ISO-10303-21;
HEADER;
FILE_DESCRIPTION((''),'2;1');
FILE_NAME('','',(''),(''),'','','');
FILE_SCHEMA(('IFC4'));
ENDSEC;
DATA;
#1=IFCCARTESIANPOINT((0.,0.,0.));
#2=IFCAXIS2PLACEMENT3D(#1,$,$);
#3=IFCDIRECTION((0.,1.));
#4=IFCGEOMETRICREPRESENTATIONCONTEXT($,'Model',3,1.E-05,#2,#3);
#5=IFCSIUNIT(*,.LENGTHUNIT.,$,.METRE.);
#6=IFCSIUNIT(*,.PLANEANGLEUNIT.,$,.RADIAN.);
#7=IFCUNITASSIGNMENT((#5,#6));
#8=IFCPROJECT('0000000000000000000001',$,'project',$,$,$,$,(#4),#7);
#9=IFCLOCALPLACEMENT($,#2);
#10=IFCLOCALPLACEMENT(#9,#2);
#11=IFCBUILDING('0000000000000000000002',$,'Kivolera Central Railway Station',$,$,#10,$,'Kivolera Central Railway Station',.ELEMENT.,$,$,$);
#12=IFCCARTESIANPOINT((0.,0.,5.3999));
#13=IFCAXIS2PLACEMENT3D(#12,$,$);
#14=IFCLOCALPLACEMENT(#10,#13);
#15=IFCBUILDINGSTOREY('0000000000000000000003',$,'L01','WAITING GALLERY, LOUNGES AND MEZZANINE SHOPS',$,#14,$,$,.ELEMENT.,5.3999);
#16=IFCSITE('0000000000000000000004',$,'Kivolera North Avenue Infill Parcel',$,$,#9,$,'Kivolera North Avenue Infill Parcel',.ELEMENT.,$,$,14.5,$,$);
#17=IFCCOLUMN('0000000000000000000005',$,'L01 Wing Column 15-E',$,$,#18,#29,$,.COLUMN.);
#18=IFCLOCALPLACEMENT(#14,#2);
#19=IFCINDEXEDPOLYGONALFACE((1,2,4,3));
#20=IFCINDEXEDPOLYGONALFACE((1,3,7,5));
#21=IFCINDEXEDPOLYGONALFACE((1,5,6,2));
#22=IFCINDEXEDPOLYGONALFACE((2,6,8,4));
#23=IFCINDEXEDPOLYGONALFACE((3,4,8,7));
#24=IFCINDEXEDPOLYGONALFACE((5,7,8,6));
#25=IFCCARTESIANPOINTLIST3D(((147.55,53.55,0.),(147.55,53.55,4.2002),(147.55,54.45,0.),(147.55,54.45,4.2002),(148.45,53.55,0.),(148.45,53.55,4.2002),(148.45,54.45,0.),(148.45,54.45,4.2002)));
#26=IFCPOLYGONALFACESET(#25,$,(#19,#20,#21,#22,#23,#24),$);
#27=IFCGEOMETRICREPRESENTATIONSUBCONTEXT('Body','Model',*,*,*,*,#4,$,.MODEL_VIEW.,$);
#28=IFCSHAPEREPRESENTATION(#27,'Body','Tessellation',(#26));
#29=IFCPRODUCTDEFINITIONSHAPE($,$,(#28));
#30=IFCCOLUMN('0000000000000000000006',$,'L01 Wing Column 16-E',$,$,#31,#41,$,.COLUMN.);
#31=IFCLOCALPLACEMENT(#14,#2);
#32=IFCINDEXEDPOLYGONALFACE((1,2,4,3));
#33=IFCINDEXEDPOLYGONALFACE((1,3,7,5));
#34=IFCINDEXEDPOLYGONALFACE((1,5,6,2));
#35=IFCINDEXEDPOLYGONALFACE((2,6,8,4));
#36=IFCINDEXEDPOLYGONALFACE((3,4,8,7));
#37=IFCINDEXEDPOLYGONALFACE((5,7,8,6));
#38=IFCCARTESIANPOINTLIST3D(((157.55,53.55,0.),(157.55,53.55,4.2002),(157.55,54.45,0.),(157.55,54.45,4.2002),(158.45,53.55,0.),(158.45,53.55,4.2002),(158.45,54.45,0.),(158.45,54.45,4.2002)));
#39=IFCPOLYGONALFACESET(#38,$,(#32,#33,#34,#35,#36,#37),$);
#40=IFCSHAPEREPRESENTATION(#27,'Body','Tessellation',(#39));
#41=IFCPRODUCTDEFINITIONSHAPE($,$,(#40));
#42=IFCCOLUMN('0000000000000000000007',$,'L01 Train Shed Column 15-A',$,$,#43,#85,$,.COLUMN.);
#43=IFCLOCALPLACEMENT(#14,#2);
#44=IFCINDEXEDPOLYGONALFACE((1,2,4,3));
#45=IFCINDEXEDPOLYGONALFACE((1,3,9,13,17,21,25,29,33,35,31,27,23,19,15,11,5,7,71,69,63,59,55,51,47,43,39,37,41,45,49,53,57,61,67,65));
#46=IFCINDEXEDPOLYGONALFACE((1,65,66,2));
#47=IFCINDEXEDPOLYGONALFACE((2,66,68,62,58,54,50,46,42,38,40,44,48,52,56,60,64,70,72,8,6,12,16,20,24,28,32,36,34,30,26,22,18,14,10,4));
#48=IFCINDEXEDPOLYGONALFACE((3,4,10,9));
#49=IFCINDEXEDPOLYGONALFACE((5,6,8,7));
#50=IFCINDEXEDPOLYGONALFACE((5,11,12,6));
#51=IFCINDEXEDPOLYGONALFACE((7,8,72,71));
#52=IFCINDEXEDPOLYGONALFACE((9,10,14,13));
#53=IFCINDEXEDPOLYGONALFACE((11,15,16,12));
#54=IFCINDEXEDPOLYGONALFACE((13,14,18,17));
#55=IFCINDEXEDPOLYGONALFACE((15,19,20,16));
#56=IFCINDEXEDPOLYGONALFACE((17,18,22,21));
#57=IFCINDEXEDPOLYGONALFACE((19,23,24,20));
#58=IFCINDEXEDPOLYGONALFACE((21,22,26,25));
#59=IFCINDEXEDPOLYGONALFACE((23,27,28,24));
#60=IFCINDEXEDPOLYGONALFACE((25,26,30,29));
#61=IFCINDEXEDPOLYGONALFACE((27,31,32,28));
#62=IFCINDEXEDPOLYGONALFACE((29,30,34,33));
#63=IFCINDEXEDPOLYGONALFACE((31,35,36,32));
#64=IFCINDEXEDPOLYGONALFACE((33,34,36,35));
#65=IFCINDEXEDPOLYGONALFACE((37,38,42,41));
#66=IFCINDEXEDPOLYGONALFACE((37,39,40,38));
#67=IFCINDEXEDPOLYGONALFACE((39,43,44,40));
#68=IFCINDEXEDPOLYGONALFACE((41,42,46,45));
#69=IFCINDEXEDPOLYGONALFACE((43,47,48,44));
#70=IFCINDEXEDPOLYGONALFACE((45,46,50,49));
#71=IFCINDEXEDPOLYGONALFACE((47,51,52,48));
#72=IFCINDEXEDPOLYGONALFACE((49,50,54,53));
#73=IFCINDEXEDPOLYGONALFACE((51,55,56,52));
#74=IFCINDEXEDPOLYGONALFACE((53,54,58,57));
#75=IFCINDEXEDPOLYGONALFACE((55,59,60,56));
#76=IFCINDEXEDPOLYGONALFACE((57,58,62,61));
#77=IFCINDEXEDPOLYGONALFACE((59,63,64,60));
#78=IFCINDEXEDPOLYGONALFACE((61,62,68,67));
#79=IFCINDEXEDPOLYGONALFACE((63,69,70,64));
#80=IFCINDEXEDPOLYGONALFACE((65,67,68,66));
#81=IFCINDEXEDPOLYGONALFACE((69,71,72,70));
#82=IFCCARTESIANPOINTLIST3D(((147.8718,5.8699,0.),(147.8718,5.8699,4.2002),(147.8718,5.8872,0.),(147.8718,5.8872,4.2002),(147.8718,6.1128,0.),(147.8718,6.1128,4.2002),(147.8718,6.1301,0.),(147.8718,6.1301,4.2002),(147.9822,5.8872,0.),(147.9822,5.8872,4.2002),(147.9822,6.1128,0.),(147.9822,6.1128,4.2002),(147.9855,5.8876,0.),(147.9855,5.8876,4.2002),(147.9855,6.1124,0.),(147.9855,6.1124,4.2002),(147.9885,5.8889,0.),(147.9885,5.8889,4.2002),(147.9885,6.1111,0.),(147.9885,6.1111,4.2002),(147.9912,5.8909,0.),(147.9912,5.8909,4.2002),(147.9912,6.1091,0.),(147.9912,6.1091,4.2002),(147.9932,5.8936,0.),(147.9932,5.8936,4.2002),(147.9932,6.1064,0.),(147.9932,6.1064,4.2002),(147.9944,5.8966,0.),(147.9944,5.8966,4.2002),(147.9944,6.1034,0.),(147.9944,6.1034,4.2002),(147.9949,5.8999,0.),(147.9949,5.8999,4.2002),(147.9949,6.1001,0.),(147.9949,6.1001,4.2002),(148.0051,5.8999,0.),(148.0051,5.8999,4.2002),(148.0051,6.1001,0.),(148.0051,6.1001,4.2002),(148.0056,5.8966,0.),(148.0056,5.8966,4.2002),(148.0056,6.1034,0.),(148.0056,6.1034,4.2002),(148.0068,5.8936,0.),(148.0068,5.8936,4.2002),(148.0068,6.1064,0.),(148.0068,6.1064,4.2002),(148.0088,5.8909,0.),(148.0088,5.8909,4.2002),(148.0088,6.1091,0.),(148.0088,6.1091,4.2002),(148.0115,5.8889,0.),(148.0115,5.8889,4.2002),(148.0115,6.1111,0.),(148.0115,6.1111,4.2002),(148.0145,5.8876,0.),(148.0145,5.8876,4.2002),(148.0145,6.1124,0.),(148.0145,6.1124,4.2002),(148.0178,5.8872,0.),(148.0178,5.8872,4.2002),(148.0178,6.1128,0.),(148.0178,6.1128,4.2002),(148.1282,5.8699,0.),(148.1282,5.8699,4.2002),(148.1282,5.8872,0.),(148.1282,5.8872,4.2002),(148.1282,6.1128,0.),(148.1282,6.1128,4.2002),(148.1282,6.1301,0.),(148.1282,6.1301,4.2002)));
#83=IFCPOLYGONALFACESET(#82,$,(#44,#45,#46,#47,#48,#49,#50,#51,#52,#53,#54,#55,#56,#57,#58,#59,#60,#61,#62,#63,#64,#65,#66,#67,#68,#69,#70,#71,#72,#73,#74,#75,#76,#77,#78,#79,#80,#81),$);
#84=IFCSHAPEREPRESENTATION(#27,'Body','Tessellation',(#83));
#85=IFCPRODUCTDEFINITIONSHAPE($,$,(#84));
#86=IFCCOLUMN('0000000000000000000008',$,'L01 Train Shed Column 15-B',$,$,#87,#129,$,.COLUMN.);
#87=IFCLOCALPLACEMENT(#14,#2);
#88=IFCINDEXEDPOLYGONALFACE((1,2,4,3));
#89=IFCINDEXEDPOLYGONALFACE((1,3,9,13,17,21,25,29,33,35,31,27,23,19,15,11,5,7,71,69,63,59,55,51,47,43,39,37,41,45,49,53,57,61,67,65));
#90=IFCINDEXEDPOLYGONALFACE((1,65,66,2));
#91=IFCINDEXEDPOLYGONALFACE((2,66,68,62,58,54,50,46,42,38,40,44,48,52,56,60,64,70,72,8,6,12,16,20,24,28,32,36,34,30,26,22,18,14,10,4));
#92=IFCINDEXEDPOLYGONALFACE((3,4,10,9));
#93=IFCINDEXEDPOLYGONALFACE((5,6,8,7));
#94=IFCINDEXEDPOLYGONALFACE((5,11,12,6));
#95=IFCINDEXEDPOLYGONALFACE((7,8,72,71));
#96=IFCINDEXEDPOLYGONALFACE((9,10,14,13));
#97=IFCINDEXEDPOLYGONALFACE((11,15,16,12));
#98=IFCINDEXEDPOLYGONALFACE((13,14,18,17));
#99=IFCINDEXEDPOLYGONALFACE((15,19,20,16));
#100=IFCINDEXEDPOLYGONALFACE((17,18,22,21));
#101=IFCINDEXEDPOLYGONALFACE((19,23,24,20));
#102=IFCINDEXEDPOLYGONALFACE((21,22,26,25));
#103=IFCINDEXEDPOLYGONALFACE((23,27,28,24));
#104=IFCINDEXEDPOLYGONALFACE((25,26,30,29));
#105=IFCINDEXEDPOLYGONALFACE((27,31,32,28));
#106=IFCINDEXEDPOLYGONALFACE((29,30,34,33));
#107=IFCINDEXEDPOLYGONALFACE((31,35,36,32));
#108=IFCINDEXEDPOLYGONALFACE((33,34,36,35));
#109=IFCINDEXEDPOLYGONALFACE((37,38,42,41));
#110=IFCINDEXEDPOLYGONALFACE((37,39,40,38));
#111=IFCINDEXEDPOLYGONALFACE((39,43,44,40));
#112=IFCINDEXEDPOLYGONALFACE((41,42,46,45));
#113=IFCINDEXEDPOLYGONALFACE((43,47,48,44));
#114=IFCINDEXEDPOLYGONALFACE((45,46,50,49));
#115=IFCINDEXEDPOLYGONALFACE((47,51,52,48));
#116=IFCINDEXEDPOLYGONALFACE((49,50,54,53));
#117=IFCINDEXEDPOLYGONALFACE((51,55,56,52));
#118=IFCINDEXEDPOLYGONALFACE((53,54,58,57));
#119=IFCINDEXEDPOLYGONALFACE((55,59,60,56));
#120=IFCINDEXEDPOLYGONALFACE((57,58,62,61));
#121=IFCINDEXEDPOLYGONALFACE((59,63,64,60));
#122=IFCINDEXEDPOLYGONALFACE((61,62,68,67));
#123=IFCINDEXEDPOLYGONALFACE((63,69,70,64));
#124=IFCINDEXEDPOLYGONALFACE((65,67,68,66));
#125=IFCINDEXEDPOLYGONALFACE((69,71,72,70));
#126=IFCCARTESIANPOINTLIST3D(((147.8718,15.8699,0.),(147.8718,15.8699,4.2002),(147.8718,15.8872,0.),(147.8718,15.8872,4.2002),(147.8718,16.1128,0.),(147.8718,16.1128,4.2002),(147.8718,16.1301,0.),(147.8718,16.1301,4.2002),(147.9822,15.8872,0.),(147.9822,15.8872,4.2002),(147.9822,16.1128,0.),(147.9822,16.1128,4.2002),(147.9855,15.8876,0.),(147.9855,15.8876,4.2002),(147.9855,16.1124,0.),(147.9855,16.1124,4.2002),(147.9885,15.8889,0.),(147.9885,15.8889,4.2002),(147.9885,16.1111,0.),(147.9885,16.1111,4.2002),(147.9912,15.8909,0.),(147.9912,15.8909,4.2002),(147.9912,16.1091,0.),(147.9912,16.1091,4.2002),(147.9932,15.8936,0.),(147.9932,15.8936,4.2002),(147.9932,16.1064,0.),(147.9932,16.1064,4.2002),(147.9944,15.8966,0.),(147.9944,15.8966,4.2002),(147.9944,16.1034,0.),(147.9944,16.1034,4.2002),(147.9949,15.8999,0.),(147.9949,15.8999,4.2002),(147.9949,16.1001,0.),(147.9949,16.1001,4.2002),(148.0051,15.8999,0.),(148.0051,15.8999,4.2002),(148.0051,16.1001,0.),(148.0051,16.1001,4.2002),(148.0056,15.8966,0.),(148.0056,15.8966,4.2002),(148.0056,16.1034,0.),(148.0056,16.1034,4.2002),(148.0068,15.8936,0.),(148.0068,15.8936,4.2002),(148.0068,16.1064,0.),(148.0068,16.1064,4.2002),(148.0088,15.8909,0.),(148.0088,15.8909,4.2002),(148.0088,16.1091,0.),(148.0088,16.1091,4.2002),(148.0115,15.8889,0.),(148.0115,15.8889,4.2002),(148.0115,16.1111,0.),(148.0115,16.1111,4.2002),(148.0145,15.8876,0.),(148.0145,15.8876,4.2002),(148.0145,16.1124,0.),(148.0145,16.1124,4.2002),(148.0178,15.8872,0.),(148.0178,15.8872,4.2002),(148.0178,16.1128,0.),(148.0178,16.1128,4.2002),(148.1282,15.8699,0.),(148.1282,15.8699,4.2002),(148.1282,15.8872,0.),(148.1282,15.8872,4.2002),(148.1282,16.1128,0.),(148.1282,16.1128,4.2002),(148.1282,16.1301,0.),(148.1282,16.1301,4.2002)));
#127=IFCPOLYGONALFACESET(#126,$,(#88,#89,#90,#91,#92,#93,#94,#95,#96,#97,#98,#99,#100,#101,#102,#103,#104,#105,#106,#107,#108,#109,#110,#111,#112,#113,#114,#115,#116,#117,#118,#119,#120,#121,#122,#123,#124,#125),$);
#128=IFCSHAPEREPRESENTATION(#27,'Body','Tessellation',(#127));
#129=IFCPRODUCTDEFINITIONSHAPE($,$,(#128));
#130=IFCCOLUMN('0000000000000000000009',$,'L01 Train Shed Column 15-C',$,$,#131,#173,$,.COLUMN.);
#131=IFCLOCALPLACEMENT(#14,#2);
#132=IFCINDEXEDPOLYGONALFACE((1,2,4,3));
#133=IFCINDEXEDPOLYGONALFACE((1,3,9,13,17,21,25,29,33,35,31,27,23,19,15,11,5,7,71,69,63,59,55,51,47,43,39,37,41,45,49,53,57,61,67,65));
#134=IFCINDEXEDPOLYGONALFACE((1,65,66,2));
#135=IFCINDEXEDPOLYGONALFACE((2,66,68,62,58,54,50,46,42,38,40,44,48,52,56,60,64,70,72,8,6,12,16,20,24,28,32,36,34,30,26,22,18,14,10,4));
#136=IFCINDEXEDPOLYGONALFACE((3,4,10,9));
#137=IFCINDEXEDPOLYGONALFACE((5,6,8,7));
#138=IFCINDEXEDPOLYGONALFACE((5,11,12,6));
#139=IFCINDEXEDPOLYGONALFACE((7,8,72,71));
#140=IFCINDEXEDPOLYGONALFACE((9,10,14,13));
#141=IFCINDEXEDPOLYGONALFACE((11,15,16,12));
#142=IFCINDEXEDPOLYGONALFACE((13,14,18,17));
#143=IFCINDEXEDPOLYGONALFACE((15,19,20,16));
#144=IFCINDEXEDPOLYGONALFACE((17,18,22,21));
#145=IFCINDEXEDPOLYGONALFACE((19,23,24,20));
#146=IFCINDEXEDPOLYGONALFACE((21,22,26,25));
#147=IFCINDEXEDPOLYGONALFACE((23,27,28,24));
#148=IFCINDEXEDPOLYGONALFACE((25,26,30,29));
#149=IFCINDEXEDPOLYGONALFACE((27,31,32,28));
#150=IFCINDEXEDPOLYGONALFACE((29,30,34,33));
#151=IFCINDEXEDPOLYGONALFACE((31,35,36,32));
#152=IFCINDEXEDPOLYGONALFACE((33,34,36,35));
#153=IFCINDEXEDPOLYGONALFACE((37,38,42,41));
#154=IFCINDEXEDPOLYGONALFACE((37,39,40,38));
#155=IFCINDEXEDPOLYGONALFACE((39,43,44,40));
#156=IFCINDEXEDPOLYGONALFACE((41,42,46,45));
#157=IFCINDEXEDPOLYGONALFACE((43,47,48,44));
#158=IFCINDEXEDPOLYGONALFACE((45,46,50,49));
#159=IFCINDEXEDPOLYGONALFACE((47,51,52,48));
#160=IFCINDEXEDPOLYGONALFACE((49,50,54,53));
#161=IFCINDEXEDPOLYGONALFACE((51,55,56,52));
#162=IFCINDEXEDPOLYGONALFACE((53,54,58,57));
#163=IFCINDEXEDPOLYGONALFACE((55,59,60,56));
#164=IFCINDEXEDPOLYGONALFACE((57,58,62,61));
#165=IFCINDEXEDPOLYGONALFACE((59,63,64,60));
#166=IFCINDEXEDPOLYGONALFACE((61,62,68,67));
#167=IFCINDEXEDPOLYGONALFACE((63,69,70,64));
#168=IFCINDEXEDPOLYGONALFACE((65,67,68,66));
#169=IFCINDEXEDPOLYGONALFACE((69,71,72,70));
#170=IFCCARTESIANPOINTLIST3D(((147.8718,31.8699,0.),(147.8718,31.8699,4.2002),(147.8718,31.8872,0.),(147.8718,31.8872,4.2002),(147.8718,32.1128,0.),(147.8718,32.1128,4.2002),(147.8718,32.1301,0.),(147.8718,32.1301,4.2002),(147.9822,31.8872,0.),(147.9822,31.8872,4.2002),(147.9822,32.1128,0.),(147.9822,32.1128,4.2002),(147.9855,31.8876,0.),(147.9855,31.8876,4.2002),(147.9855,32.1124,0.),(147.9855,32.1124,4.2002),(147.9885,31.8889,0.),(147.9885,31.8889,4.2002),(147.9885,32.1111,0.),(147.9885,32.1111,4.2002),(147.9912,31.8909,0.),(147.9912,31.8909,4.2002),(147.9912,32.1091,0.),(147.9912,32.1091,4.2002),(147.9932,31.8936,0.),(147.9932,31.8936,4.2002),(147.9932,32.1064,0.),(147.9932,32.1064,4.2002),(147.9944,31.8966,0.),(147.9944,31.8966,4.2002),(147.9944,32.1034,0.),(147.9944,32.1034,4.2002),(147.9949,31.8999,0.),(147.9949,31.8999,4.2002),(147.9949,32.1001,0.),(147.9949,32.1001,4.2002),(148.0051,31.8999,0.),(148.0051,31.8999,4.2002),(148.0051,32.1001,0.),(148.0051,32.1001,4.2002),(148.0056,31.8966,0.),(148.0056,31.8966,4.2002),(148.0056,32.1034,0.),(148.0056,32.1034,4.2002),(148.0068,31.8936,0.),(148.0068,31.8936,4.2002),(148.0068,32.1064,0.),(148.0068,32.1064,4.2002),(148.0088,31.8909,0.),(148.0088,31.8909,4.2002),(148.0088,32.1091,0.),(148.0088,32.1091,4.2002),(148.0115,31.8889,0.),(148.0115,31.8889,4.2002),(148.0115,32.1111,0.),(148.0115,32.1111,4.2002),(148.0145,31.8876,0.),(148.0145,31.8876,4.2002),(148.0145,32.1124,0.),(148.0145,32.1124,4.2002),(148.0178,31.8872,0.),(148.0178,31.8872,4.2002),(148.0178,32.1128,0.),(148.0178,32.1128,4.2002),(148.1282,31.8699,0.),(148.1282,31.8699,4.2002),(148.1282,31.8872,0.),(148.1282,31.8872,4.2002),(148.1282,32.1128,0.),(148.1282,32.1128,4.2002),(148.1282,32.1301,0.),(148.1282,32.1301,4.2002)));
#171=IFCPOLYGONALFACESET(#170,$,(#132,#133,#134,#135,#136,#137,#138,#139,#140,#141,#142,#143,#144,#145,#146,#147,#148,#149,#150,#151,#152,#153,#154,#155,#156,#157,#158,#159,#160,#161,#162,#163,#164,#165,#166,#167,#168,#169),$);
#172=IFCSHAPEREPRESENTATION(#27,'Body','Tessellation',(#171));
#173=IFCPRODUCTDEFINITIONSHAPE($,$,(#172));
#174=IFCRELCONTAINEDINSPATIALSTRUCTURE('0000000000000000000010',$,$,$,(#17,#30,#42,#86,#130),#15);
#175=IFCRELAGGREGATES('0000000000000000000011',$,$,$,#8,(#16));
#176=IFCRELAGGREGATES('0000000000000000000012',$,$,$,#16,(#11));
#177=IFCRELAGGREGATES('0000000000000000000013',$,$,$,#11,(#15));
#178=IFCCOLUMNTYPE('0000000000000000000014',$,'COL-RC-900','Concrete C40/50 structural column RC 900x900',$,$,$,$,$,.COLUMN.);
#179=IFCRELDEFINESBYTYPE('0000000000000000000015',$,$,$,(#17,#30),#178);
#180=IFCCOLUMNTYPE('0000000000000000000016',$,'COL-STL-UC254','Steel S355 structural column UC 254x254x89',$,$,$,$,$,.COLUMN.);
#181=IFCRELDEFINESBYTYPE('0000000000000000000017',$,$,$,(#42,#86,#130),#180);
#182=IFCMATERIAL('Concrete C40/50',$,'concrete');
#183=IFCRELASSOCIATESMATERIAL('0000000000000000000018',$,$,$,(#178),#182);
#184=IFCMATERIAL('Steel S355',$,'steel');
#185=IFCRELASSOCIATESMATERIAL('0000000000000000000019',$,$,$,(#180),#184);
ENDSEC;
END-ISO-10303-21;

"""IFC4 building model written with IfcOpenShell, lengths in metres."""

from ifc_helpers import new_model, si_unit, direction, frame, origin, origin_2d, place, context, subcontext, project, spatial, rectangle, i_section, extrude, material, material_profile, profile_set, type_object, element, save


model = new_model("IFC4")

# Units and contexts
model_context = context("Model", 3, precision=1e-05, world=origin(), true_north=direction((0.0, 1.0)))
body_context = subcontext(model_context, "Body", "Model", "MODEL_VIEW")
ifc_project = project(units=[si_unit("LENGTHUNIT", "METRE"), si_unit("PLANEANGLEUNIT", "RADIAN")], contexts=[model_context])

# Site, building, storey
site_placement = place(None, origin())
site = spatial("IfcSite", under=ifc_project, at=site_placement, Name="Kivolera North Avenue Infill Parcel", LongName="Kivolera North Avenue Infill Parcel", CompositionType="ELEMENT", RefElevation=14.5)
building_placement = place(site_placement, origin())
building = spatial("IfcBuilding", under=site, at=building_placement, Name="Kivolera Central Railway Station", LongName="Kivolera Central Railway Station", CompositionType="ELEMENT")
storey_placement = place(building_placement, frame((0.0, 0.0, 5.3999)))
storey = spatial("IfcBuildingStorey", under=building, at=storey_placement, Name="L01", Description="WAITING GALLERY, LOUNGES AND MEZZANINE SHOPS", CompositionType="ELEMENT", Elevation=5.3999)

# Columns
ifc_material_1 = material(Name="Concrete C40/50", Category="concrete")
ifc_material_profile_1 = material_profile(ifc_material_1, rectangle(XDim=0.8999, YDim=0.8999, at=origin_2d()), Name="RC 900x900")
ifc_profile_set_1 = profile_set([ifc_material_profile_1], Name="Concrete C40/50")
column_type_1 = type_object("IfcColumnType", Name="COL-RC-900", Description="Concrete C40/50 structural column RC 900x900", PredefinedType="COLUMN", material=ifc_profile_set_1)
for number, where, z_axis, x_axis, name in (
    (1, (148.0, 54.0, 0.0), (0.0, 0.0, 1.0), (1.0, 0.0, 0.0), "L01 Wing Column 15-E"),
    (2, (158.0, 54.0, 0.0), (0.0, 0.0, 1.0), (1.0, 0.0, 0.0), "L01 Wing Column 16-E"),
):
    element("IfcColumn", number, at=place(storey_placement, frame(where, z_axis=z_axis, x_axis=x_axis)), inside=storey, type_object=column_type_1, Name=name, PredefinedType="COLUMN", context=body_context, shape_type="SweptSolid", body=[
        extrude(rectangle(XDim=0.8999, YDim=0.8999, at=origin_2d()), origin(), (0.0, 0.0, 1.0), 4.2002),
    ])
ifc_material_2 = material(Name="Steel S355", Category="steel")
ifc_material_profile_2 = material_profile(ifc_material_2, i_section(OverallWidth=0.2563, OverallDepth=0.2603, WebThickness=0.0103, FlangeThickness=0.0173, FilletRadius=0.0127, at=origin_2d()), Name="UC 254x254x89")
ifc_profile_set_2 = profile_set([ifc_material_profile_2], Name="Steel S355")
column_type_2 = type_object("IfcColumnType", Name="COL-STL-UC254", Description="Steel S355 structural column UC 254x254x89", PredefinedType="COLUMN", material=ifc_profile_set_2)
for number, where, z_axis, x_axis, name in (
    (3, (148.0, 6.0, 0.0), (0.0, 0.0, 1.0), (1.0, 0.0, 0.0), "L01 Train Shed Column 15-A"),
    (4, (148.0, 16.0, 0.0), (0.0, 0.0, 1.0), (1.0, 0.0, 0.0), "L01 Train Shed Column 15-B"),
    (5, (148.0, 32.0, 0.0), (0.0, 0.0, 1.0), (1.0, 0.0, 0.0), "L01 Train Shed Column 15-C"),
):
    element("IfcColumn", number, at=place(storey_placement, frame(where, z_axis=z_axis, x_axis=x_axis)), inside=storey, type_object=column_type_2, Name=name, PredefinedType="COLUMN", context=body_context, shape_type="SweptSolid", body=[
        extrude(i_section(OverallWidth=0.2563, OverallDepth=0.2603, WebThickness=0.0103, FlangeThickness=0.0173, FilletRadius=0.0127, at=origin_2d()), origin(), (0.0, 0.0, 1.0), 4.2002),
    ])

save(model, "model.ifc")
